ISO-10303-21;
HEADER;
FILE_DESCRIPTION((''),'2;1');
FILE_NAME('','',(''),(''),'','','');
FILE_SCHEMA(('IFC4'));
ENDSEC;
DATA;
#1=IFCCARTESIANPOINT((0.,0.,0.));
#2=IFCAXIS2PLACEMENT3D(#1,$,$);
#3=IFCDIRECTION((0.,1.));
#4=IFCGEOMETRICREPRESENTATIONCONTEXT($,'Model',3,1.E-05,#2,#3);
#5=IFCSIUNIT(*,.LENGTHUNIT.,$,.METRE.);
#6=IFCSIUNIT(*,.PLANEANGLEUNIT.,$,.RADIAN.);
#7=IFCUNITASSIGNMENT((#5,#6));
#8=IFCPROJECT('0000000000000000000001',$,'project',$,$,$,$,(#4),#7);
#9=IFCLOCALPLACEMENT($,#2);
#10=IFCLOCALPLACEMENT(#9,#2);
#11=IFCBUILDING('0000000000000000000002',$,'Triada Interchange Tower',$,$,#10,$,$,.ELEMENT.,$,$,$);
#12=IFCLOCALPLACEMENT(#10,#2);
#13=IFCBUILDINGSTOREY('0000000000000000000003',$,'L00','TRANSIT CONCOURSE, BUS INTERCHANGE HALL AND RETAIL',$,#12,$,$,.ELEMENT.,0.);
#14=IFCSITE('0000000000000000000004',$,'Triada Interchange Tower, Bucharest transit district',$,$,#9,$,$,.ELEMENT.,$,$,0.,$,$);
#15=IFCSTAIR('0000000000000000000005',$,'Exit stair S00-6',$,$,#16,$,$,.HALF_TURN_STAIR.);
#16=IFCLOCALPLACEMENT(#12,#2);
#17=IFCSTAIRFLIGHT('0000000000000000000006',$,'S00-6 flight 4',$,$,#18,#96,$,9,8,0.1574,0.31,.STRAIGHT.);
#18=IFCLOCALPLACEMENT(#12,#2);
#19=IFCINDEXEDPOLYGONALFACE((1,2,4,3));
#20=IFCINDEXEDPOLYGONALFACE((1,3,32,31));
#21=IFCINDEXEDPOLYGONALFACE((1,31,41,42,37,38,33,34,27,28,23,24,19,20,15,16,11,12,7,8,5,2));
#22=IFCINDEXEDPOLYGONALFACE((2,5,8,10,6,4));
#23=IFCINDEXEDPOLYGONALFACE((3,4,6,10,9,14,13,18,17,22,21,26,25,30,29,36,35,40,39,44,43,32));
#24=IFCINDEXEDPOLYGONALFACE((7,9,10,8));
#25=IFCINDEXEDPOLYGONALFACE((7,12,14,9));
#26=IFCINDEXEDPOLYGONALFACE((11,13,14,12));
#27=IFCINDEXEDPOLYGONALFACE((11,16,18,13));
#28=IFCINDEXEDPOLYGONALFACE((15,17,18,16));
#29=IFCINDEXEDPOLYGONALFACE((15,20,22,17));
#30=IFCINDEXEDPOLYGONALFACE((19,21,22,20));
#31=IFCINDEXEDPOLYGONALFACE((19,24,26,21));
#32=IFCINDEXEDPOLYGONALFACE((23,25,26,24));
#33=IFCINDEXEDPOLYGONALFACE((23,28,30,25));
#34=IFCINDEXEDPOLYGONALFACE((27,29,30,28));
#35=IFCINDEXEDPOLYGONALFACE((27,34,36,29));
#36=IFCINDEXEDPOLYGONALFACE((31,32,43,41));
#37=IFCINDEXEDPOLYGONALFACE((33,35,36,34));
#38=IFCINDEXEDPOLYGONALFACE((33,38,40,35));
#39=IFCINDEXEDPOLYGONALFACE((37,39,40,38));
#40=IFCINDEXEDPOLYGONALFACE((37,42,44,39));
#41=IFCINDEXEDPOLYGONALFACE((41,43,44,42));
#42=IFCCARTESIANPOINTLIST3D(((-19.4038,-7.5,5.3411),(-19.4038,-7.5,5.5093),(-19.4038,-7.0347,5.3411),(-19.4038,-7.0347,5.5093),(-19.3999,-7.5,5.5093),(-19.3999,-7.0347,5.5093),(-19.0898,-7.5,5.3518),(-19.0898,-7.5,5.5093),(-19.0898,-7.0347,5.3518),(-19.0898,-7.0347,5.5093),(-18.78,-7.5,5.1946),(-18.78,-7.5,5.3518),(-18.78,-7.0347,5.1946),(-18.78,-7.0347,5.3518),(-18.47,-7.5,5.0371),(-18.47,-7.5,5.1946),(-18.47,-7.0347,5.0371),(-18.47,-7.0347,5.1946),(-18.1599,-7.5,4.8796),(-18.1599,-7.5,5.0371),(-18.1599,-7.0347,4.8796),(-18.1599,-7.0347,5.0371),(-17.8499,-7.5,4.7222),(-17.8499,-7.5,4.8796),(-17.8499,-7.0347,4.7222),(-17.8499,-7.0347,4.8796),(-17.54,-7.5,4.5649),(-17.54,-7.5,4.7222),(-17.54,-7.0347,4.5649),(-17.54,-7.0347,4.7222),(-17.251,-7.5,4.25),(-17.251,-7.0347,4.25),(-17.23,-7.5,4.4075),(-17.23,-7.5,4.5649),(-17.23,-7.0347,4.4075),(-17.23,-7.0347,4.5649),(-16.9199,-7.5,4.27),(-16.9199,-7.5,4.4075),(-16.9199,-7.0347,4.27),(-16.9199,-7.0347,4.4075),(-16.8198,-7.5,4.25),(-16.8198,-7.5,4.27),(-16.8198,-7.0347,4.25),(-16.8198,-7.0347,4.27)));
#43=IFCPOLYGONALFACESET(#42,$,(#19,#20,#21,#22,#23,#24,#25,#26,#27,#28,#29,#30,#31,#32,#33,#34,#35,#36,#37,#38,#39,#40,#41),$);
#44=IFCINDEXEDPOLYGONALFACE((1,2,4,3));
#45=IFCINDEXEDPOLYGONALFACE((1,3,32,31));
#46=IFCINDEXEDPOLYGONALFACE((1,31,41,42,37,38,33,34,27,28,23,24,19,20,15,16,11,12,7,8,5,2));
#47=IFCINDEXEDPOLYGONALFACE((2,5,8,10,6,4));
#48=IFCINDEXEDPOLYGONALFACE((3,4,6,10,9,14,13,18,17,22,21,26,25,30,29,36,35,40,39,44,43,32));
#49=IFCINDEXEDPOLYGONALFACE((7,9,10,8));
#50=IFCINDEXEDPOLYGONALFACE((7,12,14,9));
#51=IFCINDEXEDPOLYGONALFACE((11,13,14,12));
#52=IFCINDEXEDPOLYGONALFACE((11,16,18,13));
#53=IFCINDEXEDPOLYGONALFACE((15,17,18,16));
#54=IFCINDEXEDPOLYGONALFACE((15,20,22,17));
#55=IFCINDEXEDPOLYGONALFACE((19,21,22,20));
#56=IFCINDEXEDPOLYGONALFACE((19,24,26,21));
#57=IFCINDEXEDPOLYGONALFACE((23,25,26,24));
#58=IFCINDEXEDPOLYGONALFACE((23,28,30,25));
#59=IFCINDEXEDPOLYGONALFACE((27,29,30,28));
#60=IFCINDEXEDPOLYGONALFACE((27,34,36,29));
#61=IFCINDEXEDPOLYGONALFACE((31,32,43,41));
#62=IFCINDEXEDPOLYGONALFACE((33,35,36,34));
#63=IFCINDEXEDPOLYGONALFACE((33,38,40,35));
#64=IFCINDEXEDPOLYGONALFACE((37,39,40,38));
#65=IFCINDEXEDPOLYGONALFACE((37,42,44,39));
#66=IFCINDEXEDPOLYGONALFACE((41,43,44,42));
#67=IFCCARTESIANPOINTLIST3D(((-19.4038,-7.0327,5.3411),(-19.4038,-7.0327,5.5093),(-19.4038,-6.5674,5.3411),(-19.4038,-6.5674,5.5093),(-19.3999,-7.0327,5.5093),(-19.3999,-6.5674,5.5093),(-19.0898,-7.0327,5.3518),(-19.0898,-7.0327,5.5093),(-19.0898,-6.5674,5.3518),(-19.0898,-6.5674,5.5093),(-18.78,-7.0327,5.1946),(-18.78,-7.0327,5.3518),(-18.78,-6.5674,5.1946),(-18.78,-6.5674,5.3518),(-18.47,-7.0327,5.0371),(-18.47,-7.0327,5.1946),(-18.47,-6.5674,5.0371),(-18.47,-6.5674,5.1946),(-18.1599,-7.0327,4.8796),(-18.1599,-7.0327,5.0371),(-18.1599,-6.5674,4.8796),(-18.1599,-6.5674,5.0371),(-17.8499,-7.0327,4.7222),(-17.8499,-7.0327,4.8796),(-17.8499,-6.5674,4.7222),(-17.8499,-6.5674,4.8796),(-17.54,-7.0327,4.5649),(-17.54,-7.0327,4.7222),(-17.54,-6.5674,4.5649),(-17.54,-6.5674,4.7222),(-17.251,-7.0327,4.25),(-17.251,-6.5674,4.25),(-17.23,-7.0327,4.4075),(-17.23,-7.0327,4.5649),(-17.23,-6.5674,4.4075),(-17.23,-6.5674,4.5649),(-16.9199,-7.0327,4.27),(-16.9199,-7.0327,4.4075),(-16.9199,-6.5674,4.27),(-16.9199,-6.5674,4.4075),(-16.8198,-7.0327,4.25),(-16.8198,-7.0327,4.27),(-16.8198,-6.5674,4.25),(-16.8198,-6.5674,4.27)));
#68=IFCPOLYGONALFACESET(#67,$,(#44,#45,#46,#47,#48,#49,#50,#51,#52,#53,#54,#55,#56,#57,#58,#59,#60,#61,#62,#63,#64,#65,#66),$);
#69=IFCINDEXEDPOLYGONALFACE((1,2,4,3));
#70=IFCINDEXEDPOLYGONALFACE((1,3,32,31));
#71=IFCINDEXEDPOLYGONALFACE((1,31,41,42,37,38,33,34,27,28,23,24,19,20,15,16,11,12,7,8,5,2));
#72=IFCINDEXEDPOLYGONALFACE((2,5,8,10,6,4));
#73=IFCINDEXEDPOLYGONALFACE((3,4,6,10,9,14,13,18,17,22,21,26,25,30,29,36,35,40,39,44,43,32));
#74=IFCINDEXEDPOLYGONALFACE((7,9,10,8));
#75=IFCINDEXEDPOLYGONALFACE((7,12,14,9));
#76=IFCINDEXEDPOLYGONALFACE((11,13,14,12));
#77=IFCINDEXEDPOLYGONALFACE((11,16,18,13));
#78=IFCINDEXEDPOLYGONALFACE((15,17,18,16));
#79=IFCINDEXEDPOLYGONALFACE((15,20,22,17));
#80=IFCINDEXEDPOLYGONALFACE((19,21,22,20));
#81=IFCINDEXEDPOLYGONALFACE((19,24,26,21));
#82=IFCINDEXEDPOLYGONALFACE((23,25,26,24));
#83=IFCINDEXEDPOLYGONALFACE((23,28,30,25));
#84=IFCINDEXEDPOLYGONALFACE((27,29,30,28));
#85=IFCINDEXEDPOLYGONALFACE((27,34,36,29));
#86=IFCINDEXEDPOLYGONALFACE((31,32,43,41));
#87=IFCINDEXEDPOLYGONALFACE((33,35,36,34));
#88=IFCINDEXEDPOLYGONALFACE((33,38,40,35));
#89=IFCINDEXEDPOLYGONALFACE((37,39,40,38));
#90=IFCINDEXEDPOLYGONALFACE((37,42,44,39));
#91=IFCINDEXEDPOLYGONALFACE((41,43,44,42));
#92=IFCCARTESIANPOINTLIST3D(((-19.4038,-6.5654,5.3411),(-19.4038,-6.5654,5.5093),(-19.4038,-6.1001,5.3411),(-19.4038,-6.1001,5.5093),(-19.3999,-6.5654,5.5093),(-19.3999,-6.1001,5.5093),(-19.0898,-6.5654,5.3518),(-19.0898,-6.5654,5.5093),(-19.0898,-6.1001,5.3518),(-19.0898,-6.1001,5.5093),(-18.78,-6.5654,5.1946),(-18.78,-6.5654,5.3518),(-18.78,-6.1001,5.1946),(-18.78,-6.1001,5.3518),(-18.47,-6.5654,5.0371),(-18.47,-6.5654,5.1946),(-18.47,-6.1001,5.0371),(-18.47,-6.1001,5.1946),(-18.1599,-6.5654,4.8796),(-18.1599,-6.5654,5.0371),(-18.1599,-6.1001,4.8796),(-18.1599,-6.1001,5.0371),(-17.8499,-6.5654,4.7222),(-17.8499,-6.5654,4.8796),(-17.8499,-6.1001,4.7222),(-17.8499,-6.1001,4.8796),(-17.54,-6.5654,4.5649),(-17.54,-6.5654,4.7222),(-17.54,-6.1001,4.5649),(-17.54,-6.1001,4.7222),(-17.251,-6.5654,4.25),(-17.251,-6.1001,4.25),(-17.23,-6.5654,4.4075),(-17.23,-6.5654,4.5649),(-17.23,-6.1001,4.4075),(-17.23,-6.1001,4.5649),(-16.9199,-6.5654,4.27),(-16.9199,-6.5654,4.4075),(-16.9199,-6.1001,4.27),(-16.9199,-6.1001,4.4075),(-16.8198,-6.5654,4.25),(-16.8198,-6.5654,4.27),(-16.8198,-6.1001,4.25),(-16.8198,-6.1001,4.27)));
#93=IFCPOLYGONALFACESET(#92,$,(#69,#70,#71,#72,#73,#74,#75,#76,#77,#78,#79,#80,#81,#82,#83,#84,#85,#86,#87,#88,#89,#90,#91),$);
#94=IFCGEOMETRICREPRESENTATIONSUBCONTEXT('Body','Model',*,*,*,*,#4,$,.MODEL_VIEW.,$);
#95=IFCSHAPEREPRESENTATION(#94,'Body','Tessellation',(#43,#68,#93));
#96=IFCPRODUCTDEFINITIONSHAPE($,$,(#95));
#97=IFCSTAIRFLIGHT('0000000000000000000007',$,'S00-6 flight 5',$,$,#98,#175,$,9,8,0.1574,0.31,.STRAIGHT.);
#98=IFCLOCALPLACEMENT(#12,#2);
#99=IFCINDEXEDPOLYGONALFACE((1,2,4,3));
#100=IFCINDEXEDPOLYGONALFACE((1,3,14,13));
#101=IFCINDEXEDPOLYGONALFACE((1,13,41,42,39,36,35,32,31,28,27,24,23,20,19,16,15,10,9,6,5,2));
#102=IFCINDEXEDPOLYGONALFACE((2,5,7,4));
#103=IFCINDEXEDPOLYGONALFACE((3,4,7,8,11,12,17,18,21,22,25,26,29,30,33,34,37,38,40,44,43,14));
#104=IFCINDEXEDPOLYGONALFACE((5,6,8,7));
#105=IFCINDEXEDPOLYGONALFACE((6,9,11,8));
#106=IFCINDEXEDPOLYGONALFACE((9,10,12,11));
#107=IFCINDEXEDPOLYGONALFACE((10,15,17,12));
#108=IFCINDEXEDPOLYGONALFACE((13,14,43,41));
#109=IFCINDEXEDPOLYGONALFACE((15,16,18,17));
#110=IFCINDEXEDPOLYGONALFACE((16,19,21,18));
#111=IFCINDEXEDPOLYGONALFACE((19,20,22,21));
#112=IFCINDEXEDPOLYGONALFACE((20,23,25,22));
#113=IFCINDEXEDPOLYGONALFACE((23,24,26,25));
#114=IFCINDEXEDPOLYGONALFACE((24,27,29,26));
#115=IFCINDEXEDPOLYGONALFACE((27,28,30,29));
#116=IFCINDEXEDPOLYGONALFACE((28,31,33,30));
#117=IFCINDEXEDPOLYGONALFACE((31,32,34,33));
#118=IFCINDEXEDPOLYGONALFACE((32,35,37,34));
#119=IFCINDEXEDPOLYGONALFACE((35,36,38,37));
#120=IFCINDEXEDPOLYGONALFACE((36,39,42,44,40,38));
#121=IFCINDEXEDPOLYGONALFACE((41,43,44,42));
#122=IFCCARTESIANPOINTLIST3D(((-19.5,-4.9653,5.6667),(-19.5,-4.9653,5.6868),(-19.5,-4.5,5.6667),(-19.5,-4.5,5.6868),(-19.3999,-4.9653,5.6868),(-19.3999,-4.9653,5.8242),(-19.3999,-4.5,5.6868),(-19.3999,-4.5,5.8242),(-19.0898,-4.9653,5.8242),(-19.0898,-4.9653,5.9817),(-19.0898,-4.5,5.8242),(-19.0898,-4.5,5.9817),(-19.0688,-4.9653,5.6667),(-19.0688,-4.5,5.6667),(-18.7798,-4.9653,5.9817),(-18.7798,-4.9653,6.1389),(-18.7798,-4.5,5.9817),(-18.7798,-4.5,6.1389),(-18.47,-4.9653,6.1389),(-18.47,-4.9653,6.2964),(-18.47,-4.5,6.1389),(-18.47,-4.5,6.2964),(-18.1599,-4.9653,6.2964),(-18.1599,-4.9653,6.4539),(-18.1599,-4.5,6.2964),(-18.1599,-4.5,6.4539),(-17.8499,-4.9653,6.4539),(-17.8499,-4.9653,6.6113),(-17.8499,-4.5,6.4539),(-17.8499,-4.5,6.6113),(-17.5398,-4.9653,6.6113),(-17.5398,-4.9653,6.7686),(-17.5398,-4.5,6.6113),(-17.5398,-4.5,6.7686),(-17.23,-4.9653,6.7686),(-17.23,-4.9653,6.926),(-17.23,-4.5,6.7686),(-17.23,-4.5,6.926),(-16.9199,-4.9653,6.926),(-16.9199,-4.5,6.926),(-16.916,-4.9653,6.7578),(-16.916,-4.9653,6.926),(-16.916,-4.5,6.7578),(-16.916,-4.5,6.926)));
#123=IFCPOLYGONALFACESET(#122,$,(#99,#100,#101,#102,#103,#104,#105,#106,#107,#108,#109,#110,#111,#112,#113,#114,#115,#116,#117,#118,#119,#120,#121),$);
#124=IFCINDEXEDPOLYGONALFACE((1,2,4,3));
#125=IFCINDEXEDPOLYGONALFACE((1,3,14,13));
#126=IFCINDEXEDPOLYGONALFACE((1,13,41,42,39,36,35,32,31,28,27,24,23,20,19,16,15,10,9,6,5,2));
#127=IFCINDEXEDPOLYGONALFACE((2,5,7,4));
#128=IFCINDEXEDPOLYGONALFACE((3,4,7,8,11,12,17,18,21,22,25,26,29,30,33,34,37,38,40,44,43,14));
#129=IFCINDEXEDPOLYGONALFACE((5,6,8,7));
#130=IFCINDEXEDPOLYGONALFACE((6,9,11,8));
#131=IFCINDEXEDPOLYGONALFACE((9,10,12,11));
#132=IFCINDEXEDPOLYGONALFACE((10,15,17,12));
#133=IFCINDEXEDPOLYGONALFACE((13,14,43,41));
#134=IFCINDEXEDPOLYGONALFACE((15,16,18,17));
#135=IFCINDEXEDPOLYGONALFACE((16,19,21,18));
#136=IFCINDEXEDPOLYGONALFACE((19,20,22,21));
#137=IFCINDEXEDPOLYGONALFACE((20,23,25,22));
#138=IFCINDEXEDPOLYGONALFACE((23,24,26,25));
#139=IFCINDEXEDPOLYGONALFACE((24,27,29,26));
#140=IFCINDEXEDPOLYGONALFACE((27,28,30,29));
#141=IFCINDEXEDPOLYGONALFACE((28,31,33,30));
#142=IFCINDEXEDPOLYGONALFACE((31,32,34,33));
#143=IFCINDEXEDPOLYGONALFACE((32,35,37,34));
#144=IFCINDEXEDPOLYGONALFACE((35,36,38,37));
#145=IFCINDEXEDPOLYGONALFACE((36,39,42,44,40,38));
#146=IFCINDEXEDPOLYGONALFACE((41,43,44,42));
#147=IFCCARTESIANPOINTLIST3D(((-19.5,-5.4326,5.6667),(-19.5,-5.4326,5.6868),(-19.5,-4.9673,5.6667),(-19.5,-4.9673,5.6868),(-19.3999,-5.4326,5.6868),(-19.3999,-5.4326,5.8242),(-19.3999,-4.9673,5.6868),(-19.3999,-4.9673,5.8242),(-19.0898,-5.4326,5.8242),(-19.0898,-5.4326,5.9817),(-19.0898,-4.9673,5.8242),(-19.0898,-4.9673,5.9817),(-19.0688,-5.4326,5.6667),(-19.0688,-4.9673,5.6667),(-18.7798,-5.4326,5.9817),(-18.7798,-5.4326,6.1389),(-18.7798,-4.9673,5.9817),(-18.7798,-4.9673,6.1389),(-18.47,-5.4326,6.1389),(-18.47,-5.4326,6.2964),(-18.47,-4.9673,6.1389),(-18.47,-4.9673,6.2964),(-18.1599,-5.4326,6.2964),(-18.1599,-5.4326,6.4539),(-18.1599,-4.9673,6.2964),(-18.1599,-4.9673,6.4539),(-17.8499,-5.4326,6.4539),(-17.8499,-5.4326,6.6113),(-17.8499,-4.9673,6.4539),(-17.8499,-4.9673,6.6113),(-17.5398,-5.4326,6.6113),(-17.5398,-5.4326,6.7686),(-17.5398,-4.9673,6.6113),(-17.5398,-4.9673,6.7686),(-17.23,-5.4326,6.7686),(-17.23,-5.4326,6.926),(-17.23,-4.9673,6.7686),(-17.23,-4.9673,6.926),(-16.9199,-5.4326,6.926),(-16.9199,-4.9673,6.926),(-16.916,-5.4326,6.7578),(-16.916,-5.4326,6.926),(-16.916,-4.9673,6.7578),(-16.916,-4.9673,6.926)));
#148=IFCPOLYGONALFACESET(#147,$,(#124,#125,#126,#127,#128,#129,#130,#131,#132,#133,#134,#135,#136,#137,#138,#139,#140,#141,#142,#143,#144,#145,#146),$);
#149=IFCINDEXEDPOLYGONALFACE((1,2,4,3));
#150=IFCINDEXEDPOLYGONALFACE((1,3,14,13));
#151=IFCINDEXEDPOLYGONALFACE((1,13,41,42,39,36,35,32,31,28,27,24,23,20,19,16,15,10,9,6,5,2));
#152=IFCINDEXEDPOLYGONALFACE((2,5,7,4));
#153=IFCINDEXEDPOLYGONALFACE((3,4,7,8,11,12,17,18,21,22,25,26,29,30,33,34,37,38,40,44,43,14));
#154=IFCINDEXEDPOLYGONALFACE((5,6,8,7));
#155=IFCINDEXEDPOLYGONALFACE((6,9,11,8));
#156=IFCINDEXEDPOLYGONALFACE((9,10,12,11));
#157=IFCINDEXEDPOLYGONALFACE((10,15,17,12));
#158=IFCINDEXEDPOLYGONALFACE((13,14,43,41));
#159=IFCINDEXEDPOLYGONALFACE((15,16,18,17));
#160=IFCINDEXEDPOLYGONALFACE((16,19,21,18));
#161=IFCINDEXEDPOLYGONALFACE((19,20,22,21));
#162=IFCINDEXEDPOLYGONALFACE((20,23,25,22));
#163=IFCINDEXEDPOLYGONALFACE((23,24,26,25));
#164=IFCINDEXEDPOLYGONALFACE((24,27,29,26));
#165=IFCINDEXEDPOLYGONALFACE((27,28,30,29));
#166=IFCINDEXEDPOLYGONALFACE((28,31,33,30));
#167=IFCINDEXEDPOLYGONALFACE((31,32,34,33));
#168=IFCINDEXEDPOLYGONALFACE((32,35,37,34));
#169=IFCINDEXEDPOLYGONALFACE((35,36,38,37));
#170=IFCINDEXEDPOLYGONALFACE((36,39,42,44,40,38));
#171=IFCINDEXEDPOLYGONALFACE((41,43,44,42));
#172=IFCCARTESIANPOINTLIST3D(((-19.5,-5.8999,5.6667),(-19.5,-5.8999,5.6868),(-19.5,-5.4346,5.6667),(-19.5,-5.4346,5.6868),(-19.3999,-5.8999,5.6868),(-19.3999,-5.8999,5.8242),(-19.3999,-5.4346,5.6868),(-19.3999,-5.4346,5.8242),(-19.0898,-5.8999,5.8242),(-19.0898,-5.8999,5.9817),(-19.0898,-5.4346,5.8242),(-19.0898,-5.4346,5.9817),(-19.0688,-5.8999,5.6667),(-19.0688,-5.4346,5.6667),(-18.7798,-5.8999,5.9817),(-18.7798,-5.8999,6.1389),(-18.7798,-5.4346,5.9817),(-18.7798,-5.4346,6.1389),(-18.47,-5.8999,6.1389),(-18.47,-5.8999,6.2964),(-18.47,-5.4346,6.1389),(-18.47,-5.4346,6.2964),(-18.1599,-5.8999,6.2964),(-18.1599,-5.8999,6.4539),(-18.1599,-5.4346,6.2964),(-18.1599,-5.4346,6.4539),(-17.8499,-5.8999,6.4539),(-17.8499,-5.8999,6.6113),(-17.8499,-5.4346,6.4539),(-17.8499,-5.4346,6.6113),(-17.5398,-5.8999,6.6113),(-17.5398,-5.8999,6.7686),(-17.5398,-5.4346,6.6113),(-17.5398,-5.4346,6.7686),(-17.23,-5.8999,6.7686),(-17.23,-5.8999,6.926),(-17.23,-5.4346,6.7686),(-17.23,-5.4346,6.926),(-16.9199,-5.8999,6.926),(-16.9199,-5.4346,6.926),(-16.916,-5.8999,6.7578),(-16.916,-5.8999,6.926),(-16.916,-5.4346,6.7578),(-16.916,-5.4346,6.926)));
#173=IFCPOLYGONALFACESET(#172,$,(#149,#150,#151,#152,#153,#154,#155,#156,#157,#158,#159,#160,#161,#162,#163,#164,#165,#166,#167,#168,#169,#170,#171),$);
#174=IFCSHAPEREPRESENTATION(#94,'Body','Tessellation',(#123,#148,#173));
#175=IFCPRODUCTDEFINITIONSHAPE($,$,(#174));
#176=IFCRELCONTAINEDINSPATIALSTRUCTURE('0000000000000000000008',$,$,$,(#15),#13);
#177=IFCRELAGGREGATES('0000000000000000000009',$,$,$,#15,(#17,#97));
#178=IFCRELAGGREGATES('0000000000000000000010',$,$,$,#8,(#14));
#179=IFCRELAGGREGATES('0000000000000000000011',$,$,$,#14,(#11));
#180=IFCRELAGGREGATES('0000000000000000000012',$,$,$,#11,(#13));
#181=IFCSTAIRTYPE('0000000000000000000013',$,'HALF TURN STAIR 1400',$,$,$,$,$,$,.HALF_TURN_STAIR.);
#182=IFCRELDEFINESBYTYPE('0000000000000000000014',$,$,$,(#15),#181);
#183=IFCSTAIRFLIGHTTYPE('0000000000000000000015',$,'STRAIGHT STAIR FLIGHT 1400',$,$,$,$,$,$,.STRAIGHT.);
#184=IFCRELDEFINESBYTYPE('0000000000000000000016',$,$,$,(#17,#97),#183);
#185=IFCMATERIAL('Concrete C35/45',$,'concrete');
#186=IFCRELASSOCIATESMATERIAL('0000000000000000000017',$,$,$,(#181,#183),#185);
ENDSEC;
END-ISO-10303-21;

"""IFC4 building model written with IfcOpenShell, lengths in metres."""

from ifc_helpers import new_model, si_unit, direction, frame, origin, place, context, subcontext, project, spatial, polyline, outline, extrude, material, type_object, element, aggregate, save


model = new_model("IFC4")

# Units and contexts
model_context = context("Model", 3, precision=1e-05, world=origin(), true_north=direction((0.0, 1.0)))
body_context = subcontext(model_context, "Body", "Model", "MODEL_VIEW")
ifc_project = project(units=[si_unit("LENGTHUNIT", "METRE"), si_unit("PLANEANGLEUNIT", "RADIAN")], contexts=[model_context])

# Site, building, storey
site_placement = place(None, origin())
site = spatial("IfcSite", under=ifc_project, at=site_placement, Name="Triada Interchange Tower, Bucharest transit district", CompositionType="ELEMENT", RefElevation=0.0)
building_placement = place(site_placement, origin())
building = spatial("IfcBuilding", under=site, at=building_placement, Name="Triada Interchange Tower", CompositionType="ELEMENT")
storey_placement = place(building_placement, origin())
storey = spatial("IfcBuildingStorey", under=building, at=storey_placement, Name="L00", Description="TRANSIT CONCOURSE, BUS INTERCHANGE HALL AND RETAIL", CompositionType="ELEMENT", Elevation=0.0)

# Shared definitions
ifc_material_1 = material(Name="Concrete C35/45", Category="concrete")

# Stair, stair flights
stair_type = type_object("IfcStairType", Name="HALF TURN STAIR 1400", PredefinedType="HALF_TURN_STAIR", material=ifc_material_1)
stair_placement = place(storey_placement, origin())
stair = element("IfcStair", 1, at=stair_placement, inside=storey, type_object=stair_type, Name="Exit stair S00-6", PredefinedType="HALF_TURN_STAIR")
stair_flight_type = type_object("IfcStairFlightType", Name="STRAIGHT STAIR FLIGHT 1400", PredefinedType="STRAIGHT", material=ifc_material_1)
stair_flight_1_placement = place(storey_placement, frame((-16.9199, -6.8, 4.25), z_axis=(0.0, 0.0, 1.0), x_axis=(-1.0, 0.0, 0.0)))
stair_flight_1 = element("IfcStairFlight", 2, at=stair_flight_1_placement, type_object=stair_flight_type, Name="S00-6 flight 4", NumberOfRisers=9, NumberOfTreads=8, PredefinedType="STRAIGHT", RiserHeight=0.1574, TreadLength=0.31, context=body_context, shape_type="SweptSolid", body=[
    extrude(outline(polyline([(-0.1001, 0.0), (-0.1001, 0.02), (0.0, 0.02), (0.0, 0.1575), (0.3101, 0.1575), (0.3101, 0.3149), (0.6201, 0.3149), (0.6201, 0.4722), (0.9299, 0.4722), (0.9299, 0.6296), (1.24, 0.6296), (1.24, 0.7871), (1.55, 0.7871), (1.55, 0.9446), (1.8601, 0.9446), (1.8601, 1.1018), (2.1699, 1.1018), (2.1699, 1.2593), (2.48, 1.2593), (2.4839, 1.2593), (2.4839, 1.4167), (2.4839, 1.0911), (0.3311, 0.0), (-0.1001, 0.0)])), frame((0.0, 0.7, 0.0), z_axis=(0.0, -1.0, 0.0), x_axis=(1.0, 0.0, 0.0)), (0.0, 0.0, 1.0), 0.4653),
    extrude(outline(polyline([(-0.1001, 0.0), (-0.1001, 0.02), (0.0, 0.02), (0.0, 0.1575), (0.3101, 0.1575), (0.3101, 0.3149), (0.6201, 0.3149), (0.6201, 0.4722), (0.9299, 0.4722), (0.9299, 0.6296), (1.24, 0.6296), (1.24, 0.7871), (1.55, 0.7871), (1.55, 0.9446), (1.8601, 0.9446), (1.8601, 1.1018), (2.1699, 1.1018), (2.1699, 1.2593), (2.48, 1.2593), (2.4839, 1.2593), (2.4839, 1.4167), (2.4839, 1.0911), (0.3311, 0.0), (-0.1001, 0.0)])), frame((0.0, 0.2327, 0.0), z_axis=(0.0, -1.0, 0.0), x_axis=(1.0, 0.0, 0.0)), (0.0, 0.0, 1.0), 0.4653),
    extrude(outline(polyline([(-0.1001, 0.0), (-0.1001, 0.02), (0.0, 0.02), (0.0, 0.1575), (0.3101, 0.1575), (0.3101, 0.3149), (0.6201, 0.3149), (0.6201, 0.4722), (0.9299, 0.4722), (0.9299, 0.6296), (1.24, 0.6296), (1.24, 0.7871), (1.55, 0.7871), (1.55, 0.9446), (1.8601, 0.9446), (1.8601, 1.1018), (2.1699, 1.1018), (2.1699, 1.2593), (2.48, 1.2593), (2.4839, 1.2593), (2.4839, 1.4167), (2.4839, 1.0911), (0.3311, 0.0), (-0.1001, 0.0)])), frame((0.0, -0.2346, 0.0), z_axis=(0.0, -1.0, 0.0), x_axis=(1.0, 0.0, 0.0)), (0.0, 0.0, 1.0), 0.4653),
])
stair_flight_2_placement = place(storey_placement, frame((-19.3999, -5.2, 5.6667), z_axis=(0.0, 0.0, 1.0), x_axis=(1.0, 0.0, 0.0)))
stair_flight_2 = element("IfcStairFlight", 3, at=stair_flight_2_placement, type_object=stair_flight_type, Name="S00-6 flight 5", NumberOfRisers=9, NumberOfTreads=8, PredefinedType="STRAIGHT", RiserHeight=0.1574, TreadLength=0.31, context=body_context, shape_type="SweptSolid", body=[
    extrude(outline(polyline([(-0.1001, 0.0), (-0.1001, 0.02), (0.0, 0.02), (0.0, 0.1575), (0.3101, 0.1575), (0.3101, 0.3149), (0.6201, 0.3149), (0.6201, 0.4722), (0.9299, 0.4722), (0.9299, 0.6296), (1.24, 0.6296), (1.24, 0.7871), (1.55, 0.7871), (1.55, 0.9446), (1.8601, 0.9446), (1.8601, 1.1018), (2.1699, 1.1018), (2.1699, 1.2593), (2.48, 1.2593), (2.4839, 1.2593), (2.4839, 1.4167), (2.4839, 1.0911), (0.3311, 0.0), (-0.1001, 0.0)])), frame((0.0, 0.7, 0.0), z_axis=(0.0, -1.0, 0.0), x_axis=(1.0, 0.0, 0.0)), (0.0, 0.0, 1.0), 0.4653),
    extrude(outline(polyline([(-0.1001, 0.0), (-0.1001, 0.02), (0.0, 0.02), (0.0, 0.1575), (0.3101, 0.1575), (0.3101, 0.3149), (0.6201, 0.3149), (0.6201, 0.4722), (0.9299, 0.4722), (0.9299, 0.6296), (1.24, 0.6296), (1.24, 0.7871), (1.55, 0.7871), (1.55, 0.9446), (1.8601, 0.9446), (1.8601, 1.1018), (2.1699, 1.1018), (2.1699, 1.2593), (2.48, 1.2593), (2.4839, 1.2593), (2.4839, 1.4167), (2.4839, 1.0911), (0.3311, 0.0), (-0.1001, 0.0)])), frame((0.0, 0.2327, 0.0), z_axis=(0.0, -1.0, 0.0), x_axis=(1.0, 0.0, 0.0)), (0.0, 0.0, 1.0), 0.4653),
    extrude(outline(polyline([(-0.1001, 0.0), (-0.1001, 0.02), (0.0, 0.02), (0.0, 0.1575), (0.3101, 0.1575), (0.3101, 0.3149), (0.6201, 0.3149), (0.6201, 0.4722), (0.9299, 0.4722), (0.9299, 0.6296), (1.24, 0.6296), (1.24, 0.7871), (1.55, 0.7871), (1.55, 0.9446), (1.8601, 0.9446), (1.8601, 1.1018), (2.1699, 1.1018), (2.1699, 1.2593), (2.48, 1.2593), (2.4839, 1.2593), (2.4839, 1.4167), (2.4839, 1.0911), (0.3311, 0.0), (-0.1001, 0.0)])), frame((0.0, -0.2346, 0.0), z_axis=(0.0, -1.0, 0.0), x_axis=(1.0, 0.0, 0.0)), (0.0, 0.0, 1.0), 0.4653),
])
aggregate(stair, [stair_flight_1, stair_flight_2])

save(model, "model.ifc")
